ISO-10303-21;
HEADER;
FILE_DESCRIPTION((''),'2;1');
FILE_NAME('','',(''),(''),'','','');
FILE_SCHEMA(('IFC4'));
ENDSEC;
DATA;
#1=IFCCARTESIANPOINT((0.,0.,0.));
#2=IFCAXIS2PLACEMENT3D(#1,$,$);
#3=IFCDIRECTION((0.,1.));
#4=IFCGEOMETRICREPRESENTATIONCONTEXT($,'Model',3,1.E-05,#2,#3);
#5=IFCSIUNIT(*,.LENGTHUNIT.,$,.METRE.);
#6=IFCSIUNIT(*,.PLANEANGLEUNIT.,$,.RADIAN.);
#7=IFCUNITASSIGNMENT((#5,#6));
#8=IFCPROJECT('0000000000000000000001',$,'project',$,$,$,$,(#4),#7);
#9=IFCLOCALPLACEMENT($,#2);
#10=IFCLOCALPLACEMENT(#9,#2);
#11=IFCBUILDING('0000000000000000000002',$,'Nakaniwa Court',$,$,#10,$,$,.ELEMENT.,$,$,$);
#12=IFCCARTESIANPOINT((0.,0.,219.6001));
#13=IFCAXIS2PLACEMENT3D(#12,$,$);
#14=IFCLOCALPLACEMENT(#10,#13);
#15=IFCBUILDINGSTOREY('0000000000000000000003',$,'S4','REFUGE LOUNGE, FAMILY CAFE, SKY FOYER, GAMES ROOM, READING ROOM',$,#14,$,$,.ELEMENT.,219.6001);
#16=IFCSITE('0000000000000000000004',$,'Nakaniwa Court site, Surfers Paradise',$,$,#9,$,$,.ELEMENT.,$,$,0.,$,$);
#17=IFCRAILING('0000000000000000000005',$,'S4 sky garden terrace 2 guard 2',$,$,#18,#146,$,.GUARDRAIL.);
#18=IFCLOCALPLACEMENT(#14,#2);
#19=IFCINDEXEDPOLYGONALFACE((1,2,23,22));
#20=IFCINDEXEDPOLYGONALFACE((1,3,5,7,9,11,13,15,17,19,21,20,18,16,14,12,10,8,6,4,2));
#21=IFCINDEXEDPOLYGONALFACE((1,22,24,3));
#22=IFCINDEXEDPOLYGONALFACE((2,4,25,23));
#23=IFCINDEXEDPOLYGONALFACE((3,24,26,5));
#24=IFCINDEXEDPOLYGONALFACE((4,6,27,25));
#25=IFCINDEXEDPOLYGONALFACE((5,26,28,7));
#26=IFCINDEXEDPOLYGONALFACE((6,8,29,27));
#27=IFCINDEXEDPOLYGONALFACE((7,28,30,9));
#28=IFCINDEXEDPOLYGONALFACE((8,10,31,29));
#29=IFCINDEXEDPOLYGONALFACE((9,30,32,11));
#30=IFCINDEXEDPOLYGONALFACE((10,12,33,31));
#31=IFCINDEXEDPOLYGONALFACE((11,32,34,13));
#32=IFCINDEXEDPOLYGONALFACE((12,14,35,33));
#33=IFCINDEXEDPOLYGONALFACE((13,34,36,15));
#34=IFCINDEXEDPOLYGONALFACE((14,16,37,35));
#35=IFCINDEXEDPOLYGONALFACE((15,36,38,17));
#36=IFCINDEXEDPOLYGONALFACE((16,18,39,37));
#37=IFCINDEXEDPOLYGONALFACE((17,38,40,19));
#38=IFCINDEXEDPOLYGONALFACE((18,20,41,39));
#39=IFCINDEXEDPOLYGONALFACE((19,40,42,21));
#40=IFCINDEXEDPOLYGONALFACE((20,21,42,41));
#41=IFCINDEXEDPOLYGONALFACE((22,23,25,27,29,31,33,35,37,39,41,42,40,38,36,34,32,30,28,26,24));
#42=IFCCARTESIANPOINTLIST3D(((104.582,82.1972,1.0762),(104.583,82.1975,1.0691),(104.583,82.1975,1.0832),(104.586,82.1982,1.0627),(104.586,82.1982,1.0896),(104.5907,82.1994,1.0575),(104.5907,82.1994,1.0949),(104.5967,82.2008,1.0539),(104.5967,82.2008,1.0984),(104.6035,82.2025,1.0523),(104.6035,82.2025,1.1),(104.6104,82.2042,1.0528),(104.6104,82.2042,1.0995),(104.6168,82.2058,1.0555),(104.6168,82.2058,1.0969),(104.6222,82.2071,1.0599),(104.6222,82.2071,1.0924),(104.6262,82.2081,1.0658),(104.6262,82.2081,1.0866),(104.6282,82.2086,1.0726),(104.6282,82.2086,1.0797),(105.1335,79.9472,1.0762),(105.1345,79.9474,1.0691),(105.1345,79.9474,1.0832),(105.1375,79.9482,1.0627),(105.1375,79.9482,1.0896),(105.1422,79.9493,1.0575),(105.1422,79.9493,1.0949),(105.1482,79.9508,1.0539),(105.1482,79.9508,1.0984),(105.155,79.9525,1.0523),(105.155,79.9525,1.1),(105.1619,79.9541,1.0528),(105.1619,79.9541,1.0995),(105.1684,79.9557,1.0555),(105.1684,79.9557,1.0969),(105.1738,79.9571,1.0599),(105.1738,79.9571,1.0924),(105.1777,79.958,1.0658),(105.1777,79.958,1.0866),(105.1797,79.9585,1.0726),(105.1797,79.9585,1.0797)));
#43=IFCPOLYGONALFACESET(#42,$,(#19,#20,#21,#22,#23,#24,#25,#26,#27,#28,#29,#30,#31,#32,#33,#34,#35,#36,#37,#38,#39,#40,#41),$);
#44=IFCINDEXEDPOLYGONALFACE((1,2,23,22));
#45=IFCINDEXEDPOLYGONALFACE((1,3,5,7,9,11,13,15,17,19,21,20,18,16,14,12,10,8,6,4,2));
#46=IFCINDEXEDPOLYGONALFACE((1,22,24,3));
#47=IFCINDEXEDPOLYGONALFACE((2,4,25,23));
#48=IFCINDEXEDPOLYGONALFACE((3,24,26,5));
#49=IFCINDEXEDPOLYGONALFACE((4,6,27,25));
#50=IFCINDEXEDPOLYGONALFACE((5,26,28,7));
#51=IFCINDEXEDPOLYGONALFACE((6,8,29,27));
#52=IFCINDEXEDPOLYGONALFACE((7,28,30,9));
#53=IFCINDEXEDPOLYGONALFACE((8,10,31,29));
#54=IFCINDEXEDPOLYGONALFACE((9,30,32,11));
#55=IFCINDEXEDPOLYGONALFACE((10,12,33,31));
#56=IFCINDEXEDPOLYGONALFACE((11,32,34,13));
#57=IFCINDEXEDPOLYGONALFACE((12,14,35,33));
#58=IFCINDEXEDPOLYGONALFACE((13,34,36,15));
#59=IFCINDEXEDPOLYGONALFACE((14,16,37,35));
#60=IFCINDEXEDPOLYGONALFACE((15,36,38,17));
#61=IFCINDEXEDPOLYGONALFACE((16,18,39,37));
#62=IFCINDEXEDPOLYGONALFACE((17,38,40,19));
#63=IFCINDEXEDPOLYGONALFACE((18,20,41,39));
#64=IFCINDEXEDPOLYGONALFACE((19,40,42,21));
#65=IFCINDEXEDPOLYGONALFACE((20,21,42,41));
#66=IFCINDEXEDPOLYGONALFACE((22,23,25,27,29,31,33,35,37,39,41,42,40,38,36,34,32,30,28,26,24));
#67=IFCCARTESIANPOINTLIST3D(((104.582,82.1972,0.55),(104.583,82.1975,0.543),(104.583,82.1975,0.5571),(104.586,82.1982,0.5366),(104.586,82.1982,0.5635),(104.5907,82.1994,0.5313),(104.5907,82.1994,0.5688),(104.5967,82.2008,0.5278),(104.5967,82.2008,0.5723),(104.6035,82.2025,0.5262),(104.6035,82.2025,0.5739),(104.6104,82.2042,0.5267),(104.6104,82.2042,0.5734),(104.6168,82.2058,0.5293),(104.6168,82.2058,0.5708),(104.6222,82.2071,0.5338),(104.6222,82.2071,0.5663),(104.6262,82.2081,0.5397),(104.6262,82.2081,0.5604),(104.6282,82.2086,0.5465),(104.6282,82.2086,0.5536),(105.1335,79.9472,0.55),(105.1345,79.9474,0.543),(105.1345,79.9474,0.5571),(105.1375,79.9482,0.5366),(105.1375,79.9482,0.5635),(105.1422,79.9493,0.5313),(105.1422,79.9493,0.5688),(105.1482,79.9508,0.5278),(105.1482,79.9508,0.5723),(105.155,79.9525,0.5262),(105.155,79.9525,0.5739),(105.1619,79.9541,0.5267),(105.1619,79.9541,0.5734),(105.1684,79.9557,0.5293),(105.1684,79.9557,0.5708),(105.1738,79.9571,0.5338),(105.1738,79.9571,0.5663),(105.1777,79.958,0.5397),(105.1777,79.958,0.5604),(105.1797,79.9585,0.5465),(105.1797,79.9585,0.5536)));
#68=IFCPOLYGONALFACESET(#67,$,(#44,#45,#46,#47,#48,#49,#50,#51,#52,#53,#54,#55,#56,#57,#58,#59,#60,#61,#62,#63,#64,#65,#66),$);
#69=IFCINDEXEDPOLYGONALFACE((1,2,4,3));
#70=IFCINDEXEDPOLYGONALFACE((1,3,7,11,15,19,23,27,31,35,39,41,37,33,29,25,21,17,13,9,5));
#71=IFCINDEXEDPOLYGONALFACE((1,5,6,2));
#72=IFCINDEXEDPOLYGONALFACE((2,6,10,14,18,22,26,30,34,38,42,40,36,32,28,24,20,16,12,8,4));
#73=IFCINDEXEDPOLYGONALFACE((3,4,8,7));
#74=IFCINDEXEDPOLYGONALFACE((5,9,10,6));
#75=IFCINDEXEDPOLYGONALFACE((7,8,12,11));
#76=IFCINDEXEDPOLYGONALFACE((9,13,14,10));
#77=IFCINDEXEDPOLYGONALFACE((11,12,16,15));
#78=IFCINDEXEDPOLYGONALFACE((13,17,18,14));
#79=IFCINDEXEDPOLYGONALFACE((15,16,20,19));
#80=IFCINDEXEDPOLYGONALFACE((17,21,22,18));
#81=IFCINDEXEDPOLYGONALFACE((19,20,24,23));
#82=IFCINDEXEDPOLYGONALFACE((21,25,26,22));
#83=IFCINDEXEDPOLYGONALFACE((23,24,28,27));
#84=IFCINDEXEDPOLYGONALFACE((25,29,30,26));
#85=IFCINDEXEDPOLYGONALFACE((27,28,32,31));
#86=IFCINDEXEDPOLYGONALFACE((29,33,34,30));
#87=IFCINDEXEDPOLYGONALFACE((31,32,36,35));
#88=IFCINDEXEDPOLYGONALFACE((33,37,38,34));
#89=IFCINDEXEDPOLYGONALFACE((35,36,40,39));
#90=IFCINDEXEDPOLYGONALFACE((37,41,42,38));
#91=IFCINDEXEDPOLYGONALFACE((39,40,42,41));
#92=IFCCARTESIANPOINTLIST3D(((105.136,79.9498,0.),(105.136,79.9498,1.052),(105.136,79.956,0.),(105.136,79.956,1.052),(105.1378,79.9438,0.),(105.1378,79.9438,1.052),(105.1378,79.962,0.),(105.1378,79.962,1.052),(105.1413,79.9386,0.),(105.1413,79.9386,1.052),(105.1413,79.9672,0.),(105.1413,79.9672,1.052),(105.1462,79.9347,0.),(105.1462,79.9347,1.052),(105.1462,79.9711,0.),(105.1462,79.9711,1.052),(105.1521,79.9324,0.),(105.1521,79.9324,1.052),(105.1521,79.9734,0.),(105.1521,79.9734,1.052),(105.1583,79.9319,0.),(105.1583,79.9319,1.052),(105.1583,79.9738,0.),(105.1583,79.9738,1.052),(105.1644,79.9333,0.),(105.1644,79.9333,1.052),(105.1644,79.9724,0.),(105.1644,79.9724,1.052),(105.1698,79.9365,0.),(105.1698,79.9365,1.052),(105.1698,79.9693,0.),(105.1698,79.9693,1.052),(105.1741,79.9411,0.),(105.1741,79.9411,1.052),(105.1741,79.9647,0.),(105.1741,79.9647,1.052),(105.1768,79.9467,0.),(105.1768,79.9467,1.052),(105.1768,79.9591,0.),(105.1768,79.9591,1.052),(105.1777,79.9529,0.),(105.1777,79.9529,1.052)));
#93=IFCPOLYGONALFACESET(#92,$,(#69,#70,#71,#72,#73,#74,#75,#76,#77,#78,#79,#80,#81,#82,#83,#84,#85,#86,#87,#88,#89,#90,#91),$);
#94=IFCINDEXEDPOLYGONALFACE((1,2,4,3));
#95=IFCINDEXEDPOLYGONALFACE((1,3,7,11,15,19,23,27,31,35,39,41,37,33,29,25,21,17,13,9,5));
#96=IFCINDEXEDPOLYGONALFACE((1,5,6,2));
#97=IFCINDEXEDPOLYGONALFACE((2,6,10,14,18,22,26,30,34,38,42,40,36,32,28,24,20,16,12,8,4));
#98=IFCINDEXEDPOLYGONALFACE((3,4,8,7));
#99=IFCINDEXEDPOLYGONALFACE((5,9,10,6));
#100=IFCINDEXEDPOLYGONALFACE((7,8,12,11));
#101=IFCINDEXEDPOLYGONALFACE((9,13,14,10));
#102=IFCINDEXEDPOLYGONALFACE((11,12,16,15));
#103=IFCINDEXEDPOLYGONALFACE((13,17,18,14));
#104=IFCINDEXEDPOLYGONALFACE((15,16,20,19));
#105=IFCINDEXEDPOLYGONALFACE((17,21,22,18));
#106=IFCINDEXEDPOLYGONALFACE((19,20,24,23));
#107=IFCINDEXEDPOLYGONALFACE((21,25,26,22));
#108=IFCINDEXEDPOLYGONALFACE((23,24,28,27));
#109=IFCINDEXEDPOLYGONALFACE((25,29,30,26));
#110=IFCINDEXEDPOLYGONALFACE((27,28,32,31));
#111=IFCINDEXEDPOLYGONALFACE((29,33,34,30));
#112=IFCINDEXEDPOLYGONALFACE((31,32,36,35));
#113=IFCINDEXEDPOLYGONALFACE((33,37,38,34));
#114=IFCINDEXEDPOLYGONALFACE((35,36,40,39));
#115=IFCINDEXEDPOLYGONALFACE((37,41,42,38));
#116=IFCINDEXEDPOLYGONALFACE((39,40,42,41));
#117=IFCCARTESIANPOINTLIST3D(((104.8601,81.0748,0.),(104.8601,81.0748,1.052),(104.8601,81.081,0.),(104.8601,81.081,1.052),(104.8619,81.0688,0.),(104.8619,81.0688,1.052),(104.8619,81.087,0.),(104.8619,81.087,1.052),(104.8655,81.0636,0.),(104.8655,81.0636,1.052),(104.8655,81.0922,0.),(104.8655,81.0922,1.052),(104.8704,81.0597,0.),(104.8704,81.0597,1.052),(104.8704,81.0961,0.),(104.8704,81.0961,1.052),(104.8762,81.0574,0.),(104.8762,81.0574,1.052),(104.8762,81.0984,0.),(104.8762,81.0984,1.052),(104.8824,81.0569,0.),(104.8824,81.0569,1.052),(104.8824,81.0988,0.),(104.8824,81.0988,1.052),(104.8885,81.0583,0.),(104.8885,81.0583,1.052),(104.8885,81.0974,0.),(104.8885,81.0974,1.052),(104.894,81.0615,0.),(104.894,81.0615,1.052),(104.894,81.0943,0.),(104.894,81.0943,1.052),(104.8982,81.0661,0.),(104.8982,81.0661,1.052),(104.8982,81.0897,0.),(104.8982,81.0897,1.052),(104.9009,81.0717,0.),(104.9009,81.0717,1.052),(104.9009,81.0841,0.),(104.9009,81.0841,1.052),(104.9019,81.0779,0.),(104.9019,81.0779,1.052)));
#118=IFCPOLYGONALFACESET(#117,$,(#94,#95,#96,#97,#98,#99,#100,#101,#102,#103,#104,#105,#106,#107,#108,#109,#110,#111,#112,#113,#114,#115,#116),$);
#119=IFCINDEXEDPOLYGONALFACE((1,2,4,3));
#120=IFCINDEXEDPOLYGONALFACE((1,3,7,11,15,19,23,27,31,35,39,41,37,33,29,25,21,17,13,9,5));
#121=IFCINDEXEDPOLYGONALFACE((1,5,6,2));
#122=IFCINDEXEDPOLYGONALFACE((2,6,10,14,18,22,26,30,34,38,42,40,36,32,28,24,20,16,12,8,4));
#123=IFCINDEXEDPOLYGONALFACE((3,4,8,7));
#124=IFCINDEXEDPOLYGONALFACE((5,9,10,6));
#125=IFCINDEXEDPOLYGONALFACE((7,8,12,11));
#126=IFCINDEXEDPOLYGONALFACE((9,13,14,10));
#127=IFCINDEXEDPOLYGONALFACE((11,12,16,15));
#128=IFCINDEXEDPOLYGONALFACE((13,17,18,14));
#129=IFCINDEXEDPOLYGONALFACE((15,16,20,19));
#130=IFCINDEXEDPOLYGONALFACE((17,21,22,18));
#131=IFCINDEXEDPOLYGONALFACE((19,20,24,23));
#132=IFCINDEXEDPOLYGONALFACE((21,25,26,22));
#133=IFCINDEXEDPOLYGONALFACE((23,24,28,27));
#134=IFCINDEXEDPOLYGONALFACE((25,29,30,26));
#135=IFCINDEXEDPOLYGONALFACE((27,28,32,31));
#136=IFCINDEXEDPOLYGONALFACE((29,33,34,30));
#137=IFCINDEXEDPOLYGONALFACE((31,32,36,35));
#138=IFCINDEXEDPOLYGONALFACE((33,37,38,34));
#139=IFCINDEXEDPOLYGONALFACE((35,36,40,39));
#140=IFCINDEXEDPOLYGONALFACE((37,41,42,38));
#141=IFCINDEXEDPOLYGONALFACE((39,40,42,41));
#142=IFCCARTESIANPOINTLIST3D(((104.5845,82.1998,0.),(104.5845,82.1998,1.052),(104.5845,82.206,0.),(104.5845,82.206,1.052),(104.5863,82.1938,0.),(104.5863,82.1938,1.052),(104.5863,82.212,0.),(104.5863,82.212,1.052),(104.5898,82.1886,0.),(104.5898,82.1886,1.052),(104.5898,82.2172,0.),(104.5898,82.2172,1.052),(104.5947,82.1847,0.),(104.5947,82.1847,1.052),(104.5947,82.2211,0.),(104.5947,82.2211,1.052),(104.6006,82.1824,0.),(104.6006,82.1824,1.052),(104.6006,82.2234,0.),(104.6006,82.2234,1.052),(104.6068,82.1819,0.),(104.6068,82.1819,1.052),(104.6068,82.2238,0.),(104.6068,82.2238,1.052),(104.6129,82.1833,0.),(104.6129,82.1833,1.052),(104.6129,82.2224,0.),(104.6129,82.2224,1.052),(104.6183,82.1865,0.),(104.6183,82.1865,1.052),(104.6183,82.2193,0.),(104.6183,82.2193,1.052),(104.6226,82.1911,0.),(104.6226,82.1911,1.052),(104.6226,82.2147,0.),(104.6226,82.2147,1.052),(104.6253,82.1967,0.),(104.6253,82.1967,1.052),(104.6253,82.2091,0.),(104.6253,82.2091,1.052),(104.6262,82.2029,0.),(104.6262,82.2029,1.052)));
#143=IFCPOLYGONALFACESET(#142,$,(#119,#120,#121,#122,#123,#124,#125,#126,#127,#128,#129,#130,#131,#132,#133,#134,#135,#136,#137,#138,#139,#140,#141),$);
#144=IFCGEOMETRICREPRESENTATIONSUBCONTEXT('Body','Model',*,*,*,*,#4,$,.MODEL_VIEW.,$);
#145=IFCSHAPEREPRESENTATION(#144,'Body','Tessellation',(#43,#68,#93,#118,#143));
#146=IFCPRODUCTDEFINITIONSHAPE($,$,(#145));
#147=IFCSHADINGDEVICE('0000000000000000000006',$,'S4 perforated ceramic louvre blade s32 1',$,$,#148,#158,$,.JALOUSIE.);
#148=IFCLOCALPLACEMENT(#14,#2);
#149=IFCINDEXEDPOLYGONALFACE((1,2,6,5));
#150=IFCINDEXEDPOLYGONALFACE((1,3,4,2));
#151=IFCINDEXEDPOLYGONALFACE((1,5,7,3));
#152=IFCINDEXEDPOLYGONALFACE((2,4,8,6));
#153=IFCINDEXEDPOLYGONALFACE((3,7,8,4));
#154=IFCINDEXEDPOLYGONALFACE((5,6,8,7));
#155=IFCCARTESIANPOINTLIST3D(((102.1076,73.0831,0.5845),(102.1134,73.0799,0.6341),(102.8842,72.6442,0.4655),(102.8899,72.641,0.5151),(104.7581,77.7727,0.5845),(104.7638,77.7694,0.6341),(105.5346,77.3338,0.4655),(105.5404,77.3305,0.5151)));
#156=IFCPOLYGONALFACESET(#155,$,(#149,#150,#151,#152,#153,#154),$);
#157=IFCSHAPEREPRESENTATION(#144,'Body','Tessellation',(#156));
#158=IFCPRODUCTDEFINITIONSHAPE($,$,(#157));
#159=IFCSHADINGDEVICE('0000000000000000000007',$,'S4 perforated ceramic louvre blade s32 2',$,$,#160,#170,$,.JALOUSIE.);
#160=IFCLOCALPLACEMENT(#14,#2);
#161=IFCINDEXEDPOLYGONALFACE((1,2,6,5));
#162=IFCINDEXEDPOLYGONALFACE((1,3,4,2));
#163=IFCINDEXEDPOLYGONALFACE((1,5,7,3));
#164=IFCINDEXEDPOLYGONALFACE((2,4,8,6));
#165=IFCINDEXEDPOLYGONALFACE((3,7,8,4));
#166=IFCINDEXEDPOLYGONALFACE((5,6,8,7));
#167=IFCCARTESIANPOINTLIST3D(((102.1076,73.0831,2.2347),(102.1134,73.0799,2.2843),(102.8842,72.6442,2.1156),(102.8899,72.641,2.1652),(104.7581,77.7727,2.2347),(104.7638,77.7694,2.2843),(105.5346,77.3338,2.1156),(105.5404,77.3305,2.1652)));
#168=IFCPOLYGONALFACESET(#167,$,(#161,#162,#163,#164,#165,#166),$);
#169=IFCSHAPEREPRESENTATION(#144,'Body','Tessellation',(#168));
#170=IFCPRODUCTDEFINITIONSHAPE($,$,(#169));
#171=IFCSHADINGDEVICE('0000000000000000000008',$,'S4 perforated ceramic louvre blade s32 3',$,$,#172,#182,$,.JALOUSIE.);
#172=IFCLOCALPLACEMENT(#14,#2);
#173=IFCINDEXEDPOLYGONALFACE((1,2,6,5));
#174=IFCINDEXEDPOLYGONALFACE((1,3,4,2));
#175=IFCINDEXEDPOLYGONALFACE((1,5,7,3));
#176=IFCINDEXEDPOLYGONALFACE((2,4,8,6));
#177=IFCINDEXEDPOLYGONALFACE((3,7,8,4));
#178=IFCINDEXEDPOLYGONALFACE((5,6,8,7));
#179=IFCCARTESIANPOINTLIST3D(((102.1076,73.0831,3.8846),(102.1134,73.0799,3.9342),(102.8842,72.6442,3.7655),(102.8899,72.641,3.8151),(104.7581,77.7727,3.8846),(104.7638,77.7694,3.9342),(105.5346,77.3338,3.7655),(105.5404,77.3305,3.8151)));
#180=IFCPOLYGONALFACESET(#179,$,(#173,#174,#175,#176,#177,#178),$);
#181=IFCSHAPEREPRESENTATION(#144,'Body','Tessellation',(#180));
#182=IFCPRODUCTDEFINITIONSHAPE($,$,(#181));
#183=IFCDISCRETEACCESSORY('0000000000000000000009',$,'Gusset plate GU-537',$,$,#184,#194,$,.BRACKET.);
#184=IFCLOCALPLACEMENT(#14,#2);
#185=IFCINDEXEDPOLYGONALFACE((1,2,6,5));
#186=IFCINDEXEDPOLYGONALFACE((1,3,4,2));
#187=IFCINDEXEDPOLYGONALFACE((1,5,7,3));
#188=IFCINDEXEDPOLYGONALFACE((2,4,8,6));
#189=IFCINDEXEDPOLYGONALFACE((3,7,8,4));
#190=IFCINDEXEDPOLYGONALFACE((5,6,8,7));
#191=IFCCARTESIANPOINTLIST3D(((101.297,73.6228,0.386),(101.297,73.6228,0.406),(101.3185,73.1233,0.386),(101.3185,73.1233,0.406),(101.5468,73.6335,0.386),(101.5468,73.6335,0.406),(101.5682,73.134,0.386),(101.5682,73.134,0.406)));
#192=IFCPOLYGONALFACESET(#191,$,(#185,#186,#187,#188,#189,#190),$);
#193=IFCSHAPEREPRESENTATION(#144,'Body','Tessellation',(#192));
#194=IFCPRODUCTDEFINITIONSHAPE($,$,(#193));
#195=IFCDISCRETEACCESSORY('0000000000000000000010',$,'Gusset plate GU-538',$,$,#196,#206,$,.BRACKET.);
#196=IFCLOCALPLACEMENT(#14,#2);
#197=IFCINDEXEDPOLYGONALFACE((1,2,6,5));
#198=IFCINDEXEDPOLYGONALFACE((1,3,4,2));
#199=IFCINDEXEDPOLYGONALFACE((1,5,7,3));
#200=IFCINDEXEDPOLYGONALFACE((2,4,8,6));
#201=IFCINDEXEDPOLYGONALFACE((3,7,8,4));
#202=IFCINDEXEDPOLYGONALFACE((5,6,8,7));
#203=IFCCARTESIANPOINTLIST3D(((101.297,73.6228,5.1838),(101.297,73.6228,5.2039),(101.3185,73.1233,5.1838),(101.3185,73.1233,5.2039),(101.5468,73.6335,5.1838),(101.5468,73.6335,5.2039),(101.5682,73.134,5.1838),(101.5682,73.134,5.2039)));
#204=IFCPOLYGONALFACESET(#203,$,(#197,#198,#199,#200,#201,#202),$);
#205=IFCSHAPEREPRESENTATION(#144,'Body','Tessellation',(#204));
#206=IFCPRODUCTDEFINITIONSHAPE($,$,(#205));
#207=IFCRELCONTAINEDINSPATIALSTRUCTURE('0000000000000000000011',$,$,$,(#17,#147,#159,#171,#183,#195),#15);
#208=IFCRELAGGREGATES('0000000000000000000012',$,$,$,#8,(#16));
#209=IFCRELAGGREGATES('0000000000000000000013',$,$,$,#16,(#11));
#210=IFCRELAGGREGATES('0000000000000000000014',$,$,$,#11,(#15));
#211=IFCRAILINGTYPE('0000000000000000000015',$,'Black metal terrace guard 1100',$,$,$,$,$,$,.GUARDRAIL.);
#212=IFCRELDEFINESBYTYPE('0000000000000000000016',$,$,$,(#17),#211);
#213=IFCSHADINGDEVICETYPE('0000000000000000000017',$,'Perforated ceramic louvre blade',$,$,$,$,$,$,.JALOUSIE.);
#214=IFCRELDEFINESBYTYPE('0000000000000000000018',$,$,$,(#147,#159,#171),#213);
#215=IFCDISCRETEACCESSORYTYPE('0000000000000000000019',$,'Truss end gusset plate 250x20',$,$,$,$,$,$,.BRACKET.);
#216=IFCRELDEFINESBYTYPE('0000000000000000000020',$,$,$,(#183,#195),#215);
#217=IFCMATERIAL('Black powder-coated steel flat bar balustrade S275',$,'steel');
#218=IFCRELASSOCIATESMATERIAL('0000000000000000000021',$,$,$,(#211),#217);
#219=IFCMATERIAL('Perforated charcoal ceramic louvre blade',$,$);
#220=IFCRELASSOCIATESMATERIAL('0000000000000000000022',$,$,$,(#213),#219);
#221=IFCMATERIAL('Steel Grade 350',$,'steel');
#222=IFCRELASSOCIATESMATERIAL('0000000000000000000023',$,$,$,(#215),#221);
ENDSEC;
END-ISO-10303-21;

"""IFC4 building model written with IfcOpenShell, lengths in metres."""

from ifc_helpers import new_model, si_unit, direction, frame, origin, origin_2d, place, context, subcontext, project, spatial, rectangle, circle, extrude, material, material_profile, profile_set, type_object, element, save


model = new_model("IFC4")

# Units and contexts
model_context = context("Model", 3, precision=1e-05, world=origin(), true_north=direction((0.0, 1.0)))
body_context = subcontext(model_context, "Body", "Model", "MODEL_VIEW")
ifc_project = project(units=[si_unit("LENGTHUNIT", "METRE"), si_unit("PLANEANGLEUNIT", "RADIAN")], contexts=[model_context])

# Site, building, storey
site_placement = place(None, origin())
site = spatial("IfcSite", under=ifc_project, at=site_placement, Name="Nakaniwa Court site, Surfers Paradise", CompositionType="ELEMENT", RefElevation=0.0)
building_placement = place(site_placement, origin())
building = spatial("IfcBuilding", under=site, at=building_placement, Name="Nakaniwa Court", CompositionType="ELEMENT")
storey_placement = place(building_placement, frame((0.0, 0.0, 219.6001)))
storey = spatial("IfcBuildingStorey", under=building, at=storey_placement, Name="S4", Description="REFUGE LOUNGE, FAMILY CAFE, SKY FOYER, GAMES ROOM, READING ROOM", CompositionType="ELEMENT", Elevation=219.6001)

# Shared definitions
ifc_material_1 = material(Name="Steel Grade 350", Category="steel")

# Railing
ifc_material_2 = material(Name="Black powder-coated steel flat bar balustrade S275", Category="steel")
railing_type = type_object("IfcRailingType", Name="Black metal terrace guard 1100", PredefinedType="GUARDRAIL", material=ifc_material_2)
railing_1_placement = place(storey_placement, frame((105.1567, 79.9529, 0.0)))
element("IfcRailing", 1, at=railing_1_placement, inside=storey, type_object=railing_type, Name="S4 sky garden terrace 2 guard 2", PredefinedType="GUARDRAIL", context=body_context, shape_type="SweptSolid", body=[
    extrude(circle(Radius=0.0239, at=origin_2d()), frame((0.0, 0.0, 1.0762), z_axis=(-0.23807, 0.971248, 0.0), x_axis=(-0.971248, -0.23807, 0.0)), (0.0, 0.0, 1.0), 2.3167),
    extrude(circle(Radius=0.0239, at=origin_2d()), frame((0.0, 0.0, 0.55), z_axis=(-0.23807, 0.971248, 0.0), x_axis=(-0.971248, -0.23807, 0.0)), (0.0, 0.0, 1.0), 2.3167),
    extrude(circle(Radius=0.021, at=origin_2d()), origin(), (0.0, 0.0, 1.0), 1.052),
    extrude(circle(Radius=0.021, at=origin_2d()), frame((-0.2759, 1.125, 0.0)), (0.0, 0.0, 1.0), 1.052),
    extrude(circle(Radius=0.021, at=origin_2d()), frame((-0.5515, 2.25, 0.0)), (0.0, 0.0, 1.0), 1.052),
])

# Shading devices
ifc_material_3 = material(Name="Perforated charcoal ceramic louvre blade")
ifc_material_profile_1 = material_profile(ifc_material_3, rectangle(XDim=0.8999, YDim=0.05, at=origin_2d()), Name="Perforated ceramic louvre blade")
ifc_profile_set_1 = profile_set([ifc_material_profile_1], Name="Perforated charcoal ceramic louvre blade")
shading_device_type = type_object("IfcShadingDeviceType", Name="Perforated ceramic louvre blade", PredefinedType="JALOUSIE", material=ifc_profile_set_1)
for number, where, z_axis, x_axis, name in (
    (2, (102.4988, 72.8621, 0.5498), (0.492033, 0.870576, 0.0), (-0.862929, 0.487711, 0.132256), "S4 perforated ceramic louvre blade s32 1"),
    (3, (102.4988, 72.8621, 2.2), (0.492033, 0.870576, 0.0), (-0.862929, 0.487711, 0.132256), "S4 perforated ceramic louvre blade s32 2"),
    (4, (102.4988, 72.8621, 3.8499), (0.492033, 0.870576, 0.0), (-0.862929, 0.487711, 0.132256), "S4 perforated ceramic louvre blade s32 3"),
):
    element("IfcShadingDevice", number, at=place(storey_placement, frame(where, z_axis=z_axis, x_axis=x_axis)), inside=storey, type_object=shading_device_type, Name=name, PredefinedType="JALOUSIE", context=body_context, shape_type="SweptSolid", body=[
        extrude(rectangle(XDim=0.8999, YDim=0.05, at=origin_2d()), origin(), (0.0, 0.0, 1.0), 5.3867),
    ])

# Discrete accessories
ifc_material_profile_2 = material_profile(ifc_material_1, rectangle(XDim=0.25, YDim=0.02, at=origin_2d()), Name="Truss end gusset plate 250x20")
ifc_profile_set_2 = profile_set([ifc_material_profile_2], Name="Steel Grade 350")
discrete_accessory_type = type_object("IfcDiscreteAccessoryType", Name="Truss end gusset plate 250x20", PredefinedType="BRACKET", material=ifc_profile_set_2)
for number, where, z_axis, x_axis, name in (
    (5, (101.4219, 73.6282, 0.396), (0.042971, -0.999076, 0.0), (0.999076, 0.042971, 0.0), "Gusset plate GU-537"),
    (6, (101.4219, 73.6282, 5.1938), (0.042971, -0.999076, 0.0), (0.999076, 0.042971, 0.0), "Gusset plate GU-538"),
):
    element("IfcDiscreteAccessory", number, at=place(storey_placement, frame(where, z_axis=z_axis, x_axis=x_axis)), inside=storey, type_object=discrete_accessory_type, Name=name, PredefinedType="BRACKET", context=body_context, shape_type="SweptSolid", body=[
        extrude(rectangle(XDim=0.25, YDim=0.02, at=origin_2d()), origin(), (0.0, 0.0, 1.0), 0.5),
    ])

save(model, "model.ifc")
